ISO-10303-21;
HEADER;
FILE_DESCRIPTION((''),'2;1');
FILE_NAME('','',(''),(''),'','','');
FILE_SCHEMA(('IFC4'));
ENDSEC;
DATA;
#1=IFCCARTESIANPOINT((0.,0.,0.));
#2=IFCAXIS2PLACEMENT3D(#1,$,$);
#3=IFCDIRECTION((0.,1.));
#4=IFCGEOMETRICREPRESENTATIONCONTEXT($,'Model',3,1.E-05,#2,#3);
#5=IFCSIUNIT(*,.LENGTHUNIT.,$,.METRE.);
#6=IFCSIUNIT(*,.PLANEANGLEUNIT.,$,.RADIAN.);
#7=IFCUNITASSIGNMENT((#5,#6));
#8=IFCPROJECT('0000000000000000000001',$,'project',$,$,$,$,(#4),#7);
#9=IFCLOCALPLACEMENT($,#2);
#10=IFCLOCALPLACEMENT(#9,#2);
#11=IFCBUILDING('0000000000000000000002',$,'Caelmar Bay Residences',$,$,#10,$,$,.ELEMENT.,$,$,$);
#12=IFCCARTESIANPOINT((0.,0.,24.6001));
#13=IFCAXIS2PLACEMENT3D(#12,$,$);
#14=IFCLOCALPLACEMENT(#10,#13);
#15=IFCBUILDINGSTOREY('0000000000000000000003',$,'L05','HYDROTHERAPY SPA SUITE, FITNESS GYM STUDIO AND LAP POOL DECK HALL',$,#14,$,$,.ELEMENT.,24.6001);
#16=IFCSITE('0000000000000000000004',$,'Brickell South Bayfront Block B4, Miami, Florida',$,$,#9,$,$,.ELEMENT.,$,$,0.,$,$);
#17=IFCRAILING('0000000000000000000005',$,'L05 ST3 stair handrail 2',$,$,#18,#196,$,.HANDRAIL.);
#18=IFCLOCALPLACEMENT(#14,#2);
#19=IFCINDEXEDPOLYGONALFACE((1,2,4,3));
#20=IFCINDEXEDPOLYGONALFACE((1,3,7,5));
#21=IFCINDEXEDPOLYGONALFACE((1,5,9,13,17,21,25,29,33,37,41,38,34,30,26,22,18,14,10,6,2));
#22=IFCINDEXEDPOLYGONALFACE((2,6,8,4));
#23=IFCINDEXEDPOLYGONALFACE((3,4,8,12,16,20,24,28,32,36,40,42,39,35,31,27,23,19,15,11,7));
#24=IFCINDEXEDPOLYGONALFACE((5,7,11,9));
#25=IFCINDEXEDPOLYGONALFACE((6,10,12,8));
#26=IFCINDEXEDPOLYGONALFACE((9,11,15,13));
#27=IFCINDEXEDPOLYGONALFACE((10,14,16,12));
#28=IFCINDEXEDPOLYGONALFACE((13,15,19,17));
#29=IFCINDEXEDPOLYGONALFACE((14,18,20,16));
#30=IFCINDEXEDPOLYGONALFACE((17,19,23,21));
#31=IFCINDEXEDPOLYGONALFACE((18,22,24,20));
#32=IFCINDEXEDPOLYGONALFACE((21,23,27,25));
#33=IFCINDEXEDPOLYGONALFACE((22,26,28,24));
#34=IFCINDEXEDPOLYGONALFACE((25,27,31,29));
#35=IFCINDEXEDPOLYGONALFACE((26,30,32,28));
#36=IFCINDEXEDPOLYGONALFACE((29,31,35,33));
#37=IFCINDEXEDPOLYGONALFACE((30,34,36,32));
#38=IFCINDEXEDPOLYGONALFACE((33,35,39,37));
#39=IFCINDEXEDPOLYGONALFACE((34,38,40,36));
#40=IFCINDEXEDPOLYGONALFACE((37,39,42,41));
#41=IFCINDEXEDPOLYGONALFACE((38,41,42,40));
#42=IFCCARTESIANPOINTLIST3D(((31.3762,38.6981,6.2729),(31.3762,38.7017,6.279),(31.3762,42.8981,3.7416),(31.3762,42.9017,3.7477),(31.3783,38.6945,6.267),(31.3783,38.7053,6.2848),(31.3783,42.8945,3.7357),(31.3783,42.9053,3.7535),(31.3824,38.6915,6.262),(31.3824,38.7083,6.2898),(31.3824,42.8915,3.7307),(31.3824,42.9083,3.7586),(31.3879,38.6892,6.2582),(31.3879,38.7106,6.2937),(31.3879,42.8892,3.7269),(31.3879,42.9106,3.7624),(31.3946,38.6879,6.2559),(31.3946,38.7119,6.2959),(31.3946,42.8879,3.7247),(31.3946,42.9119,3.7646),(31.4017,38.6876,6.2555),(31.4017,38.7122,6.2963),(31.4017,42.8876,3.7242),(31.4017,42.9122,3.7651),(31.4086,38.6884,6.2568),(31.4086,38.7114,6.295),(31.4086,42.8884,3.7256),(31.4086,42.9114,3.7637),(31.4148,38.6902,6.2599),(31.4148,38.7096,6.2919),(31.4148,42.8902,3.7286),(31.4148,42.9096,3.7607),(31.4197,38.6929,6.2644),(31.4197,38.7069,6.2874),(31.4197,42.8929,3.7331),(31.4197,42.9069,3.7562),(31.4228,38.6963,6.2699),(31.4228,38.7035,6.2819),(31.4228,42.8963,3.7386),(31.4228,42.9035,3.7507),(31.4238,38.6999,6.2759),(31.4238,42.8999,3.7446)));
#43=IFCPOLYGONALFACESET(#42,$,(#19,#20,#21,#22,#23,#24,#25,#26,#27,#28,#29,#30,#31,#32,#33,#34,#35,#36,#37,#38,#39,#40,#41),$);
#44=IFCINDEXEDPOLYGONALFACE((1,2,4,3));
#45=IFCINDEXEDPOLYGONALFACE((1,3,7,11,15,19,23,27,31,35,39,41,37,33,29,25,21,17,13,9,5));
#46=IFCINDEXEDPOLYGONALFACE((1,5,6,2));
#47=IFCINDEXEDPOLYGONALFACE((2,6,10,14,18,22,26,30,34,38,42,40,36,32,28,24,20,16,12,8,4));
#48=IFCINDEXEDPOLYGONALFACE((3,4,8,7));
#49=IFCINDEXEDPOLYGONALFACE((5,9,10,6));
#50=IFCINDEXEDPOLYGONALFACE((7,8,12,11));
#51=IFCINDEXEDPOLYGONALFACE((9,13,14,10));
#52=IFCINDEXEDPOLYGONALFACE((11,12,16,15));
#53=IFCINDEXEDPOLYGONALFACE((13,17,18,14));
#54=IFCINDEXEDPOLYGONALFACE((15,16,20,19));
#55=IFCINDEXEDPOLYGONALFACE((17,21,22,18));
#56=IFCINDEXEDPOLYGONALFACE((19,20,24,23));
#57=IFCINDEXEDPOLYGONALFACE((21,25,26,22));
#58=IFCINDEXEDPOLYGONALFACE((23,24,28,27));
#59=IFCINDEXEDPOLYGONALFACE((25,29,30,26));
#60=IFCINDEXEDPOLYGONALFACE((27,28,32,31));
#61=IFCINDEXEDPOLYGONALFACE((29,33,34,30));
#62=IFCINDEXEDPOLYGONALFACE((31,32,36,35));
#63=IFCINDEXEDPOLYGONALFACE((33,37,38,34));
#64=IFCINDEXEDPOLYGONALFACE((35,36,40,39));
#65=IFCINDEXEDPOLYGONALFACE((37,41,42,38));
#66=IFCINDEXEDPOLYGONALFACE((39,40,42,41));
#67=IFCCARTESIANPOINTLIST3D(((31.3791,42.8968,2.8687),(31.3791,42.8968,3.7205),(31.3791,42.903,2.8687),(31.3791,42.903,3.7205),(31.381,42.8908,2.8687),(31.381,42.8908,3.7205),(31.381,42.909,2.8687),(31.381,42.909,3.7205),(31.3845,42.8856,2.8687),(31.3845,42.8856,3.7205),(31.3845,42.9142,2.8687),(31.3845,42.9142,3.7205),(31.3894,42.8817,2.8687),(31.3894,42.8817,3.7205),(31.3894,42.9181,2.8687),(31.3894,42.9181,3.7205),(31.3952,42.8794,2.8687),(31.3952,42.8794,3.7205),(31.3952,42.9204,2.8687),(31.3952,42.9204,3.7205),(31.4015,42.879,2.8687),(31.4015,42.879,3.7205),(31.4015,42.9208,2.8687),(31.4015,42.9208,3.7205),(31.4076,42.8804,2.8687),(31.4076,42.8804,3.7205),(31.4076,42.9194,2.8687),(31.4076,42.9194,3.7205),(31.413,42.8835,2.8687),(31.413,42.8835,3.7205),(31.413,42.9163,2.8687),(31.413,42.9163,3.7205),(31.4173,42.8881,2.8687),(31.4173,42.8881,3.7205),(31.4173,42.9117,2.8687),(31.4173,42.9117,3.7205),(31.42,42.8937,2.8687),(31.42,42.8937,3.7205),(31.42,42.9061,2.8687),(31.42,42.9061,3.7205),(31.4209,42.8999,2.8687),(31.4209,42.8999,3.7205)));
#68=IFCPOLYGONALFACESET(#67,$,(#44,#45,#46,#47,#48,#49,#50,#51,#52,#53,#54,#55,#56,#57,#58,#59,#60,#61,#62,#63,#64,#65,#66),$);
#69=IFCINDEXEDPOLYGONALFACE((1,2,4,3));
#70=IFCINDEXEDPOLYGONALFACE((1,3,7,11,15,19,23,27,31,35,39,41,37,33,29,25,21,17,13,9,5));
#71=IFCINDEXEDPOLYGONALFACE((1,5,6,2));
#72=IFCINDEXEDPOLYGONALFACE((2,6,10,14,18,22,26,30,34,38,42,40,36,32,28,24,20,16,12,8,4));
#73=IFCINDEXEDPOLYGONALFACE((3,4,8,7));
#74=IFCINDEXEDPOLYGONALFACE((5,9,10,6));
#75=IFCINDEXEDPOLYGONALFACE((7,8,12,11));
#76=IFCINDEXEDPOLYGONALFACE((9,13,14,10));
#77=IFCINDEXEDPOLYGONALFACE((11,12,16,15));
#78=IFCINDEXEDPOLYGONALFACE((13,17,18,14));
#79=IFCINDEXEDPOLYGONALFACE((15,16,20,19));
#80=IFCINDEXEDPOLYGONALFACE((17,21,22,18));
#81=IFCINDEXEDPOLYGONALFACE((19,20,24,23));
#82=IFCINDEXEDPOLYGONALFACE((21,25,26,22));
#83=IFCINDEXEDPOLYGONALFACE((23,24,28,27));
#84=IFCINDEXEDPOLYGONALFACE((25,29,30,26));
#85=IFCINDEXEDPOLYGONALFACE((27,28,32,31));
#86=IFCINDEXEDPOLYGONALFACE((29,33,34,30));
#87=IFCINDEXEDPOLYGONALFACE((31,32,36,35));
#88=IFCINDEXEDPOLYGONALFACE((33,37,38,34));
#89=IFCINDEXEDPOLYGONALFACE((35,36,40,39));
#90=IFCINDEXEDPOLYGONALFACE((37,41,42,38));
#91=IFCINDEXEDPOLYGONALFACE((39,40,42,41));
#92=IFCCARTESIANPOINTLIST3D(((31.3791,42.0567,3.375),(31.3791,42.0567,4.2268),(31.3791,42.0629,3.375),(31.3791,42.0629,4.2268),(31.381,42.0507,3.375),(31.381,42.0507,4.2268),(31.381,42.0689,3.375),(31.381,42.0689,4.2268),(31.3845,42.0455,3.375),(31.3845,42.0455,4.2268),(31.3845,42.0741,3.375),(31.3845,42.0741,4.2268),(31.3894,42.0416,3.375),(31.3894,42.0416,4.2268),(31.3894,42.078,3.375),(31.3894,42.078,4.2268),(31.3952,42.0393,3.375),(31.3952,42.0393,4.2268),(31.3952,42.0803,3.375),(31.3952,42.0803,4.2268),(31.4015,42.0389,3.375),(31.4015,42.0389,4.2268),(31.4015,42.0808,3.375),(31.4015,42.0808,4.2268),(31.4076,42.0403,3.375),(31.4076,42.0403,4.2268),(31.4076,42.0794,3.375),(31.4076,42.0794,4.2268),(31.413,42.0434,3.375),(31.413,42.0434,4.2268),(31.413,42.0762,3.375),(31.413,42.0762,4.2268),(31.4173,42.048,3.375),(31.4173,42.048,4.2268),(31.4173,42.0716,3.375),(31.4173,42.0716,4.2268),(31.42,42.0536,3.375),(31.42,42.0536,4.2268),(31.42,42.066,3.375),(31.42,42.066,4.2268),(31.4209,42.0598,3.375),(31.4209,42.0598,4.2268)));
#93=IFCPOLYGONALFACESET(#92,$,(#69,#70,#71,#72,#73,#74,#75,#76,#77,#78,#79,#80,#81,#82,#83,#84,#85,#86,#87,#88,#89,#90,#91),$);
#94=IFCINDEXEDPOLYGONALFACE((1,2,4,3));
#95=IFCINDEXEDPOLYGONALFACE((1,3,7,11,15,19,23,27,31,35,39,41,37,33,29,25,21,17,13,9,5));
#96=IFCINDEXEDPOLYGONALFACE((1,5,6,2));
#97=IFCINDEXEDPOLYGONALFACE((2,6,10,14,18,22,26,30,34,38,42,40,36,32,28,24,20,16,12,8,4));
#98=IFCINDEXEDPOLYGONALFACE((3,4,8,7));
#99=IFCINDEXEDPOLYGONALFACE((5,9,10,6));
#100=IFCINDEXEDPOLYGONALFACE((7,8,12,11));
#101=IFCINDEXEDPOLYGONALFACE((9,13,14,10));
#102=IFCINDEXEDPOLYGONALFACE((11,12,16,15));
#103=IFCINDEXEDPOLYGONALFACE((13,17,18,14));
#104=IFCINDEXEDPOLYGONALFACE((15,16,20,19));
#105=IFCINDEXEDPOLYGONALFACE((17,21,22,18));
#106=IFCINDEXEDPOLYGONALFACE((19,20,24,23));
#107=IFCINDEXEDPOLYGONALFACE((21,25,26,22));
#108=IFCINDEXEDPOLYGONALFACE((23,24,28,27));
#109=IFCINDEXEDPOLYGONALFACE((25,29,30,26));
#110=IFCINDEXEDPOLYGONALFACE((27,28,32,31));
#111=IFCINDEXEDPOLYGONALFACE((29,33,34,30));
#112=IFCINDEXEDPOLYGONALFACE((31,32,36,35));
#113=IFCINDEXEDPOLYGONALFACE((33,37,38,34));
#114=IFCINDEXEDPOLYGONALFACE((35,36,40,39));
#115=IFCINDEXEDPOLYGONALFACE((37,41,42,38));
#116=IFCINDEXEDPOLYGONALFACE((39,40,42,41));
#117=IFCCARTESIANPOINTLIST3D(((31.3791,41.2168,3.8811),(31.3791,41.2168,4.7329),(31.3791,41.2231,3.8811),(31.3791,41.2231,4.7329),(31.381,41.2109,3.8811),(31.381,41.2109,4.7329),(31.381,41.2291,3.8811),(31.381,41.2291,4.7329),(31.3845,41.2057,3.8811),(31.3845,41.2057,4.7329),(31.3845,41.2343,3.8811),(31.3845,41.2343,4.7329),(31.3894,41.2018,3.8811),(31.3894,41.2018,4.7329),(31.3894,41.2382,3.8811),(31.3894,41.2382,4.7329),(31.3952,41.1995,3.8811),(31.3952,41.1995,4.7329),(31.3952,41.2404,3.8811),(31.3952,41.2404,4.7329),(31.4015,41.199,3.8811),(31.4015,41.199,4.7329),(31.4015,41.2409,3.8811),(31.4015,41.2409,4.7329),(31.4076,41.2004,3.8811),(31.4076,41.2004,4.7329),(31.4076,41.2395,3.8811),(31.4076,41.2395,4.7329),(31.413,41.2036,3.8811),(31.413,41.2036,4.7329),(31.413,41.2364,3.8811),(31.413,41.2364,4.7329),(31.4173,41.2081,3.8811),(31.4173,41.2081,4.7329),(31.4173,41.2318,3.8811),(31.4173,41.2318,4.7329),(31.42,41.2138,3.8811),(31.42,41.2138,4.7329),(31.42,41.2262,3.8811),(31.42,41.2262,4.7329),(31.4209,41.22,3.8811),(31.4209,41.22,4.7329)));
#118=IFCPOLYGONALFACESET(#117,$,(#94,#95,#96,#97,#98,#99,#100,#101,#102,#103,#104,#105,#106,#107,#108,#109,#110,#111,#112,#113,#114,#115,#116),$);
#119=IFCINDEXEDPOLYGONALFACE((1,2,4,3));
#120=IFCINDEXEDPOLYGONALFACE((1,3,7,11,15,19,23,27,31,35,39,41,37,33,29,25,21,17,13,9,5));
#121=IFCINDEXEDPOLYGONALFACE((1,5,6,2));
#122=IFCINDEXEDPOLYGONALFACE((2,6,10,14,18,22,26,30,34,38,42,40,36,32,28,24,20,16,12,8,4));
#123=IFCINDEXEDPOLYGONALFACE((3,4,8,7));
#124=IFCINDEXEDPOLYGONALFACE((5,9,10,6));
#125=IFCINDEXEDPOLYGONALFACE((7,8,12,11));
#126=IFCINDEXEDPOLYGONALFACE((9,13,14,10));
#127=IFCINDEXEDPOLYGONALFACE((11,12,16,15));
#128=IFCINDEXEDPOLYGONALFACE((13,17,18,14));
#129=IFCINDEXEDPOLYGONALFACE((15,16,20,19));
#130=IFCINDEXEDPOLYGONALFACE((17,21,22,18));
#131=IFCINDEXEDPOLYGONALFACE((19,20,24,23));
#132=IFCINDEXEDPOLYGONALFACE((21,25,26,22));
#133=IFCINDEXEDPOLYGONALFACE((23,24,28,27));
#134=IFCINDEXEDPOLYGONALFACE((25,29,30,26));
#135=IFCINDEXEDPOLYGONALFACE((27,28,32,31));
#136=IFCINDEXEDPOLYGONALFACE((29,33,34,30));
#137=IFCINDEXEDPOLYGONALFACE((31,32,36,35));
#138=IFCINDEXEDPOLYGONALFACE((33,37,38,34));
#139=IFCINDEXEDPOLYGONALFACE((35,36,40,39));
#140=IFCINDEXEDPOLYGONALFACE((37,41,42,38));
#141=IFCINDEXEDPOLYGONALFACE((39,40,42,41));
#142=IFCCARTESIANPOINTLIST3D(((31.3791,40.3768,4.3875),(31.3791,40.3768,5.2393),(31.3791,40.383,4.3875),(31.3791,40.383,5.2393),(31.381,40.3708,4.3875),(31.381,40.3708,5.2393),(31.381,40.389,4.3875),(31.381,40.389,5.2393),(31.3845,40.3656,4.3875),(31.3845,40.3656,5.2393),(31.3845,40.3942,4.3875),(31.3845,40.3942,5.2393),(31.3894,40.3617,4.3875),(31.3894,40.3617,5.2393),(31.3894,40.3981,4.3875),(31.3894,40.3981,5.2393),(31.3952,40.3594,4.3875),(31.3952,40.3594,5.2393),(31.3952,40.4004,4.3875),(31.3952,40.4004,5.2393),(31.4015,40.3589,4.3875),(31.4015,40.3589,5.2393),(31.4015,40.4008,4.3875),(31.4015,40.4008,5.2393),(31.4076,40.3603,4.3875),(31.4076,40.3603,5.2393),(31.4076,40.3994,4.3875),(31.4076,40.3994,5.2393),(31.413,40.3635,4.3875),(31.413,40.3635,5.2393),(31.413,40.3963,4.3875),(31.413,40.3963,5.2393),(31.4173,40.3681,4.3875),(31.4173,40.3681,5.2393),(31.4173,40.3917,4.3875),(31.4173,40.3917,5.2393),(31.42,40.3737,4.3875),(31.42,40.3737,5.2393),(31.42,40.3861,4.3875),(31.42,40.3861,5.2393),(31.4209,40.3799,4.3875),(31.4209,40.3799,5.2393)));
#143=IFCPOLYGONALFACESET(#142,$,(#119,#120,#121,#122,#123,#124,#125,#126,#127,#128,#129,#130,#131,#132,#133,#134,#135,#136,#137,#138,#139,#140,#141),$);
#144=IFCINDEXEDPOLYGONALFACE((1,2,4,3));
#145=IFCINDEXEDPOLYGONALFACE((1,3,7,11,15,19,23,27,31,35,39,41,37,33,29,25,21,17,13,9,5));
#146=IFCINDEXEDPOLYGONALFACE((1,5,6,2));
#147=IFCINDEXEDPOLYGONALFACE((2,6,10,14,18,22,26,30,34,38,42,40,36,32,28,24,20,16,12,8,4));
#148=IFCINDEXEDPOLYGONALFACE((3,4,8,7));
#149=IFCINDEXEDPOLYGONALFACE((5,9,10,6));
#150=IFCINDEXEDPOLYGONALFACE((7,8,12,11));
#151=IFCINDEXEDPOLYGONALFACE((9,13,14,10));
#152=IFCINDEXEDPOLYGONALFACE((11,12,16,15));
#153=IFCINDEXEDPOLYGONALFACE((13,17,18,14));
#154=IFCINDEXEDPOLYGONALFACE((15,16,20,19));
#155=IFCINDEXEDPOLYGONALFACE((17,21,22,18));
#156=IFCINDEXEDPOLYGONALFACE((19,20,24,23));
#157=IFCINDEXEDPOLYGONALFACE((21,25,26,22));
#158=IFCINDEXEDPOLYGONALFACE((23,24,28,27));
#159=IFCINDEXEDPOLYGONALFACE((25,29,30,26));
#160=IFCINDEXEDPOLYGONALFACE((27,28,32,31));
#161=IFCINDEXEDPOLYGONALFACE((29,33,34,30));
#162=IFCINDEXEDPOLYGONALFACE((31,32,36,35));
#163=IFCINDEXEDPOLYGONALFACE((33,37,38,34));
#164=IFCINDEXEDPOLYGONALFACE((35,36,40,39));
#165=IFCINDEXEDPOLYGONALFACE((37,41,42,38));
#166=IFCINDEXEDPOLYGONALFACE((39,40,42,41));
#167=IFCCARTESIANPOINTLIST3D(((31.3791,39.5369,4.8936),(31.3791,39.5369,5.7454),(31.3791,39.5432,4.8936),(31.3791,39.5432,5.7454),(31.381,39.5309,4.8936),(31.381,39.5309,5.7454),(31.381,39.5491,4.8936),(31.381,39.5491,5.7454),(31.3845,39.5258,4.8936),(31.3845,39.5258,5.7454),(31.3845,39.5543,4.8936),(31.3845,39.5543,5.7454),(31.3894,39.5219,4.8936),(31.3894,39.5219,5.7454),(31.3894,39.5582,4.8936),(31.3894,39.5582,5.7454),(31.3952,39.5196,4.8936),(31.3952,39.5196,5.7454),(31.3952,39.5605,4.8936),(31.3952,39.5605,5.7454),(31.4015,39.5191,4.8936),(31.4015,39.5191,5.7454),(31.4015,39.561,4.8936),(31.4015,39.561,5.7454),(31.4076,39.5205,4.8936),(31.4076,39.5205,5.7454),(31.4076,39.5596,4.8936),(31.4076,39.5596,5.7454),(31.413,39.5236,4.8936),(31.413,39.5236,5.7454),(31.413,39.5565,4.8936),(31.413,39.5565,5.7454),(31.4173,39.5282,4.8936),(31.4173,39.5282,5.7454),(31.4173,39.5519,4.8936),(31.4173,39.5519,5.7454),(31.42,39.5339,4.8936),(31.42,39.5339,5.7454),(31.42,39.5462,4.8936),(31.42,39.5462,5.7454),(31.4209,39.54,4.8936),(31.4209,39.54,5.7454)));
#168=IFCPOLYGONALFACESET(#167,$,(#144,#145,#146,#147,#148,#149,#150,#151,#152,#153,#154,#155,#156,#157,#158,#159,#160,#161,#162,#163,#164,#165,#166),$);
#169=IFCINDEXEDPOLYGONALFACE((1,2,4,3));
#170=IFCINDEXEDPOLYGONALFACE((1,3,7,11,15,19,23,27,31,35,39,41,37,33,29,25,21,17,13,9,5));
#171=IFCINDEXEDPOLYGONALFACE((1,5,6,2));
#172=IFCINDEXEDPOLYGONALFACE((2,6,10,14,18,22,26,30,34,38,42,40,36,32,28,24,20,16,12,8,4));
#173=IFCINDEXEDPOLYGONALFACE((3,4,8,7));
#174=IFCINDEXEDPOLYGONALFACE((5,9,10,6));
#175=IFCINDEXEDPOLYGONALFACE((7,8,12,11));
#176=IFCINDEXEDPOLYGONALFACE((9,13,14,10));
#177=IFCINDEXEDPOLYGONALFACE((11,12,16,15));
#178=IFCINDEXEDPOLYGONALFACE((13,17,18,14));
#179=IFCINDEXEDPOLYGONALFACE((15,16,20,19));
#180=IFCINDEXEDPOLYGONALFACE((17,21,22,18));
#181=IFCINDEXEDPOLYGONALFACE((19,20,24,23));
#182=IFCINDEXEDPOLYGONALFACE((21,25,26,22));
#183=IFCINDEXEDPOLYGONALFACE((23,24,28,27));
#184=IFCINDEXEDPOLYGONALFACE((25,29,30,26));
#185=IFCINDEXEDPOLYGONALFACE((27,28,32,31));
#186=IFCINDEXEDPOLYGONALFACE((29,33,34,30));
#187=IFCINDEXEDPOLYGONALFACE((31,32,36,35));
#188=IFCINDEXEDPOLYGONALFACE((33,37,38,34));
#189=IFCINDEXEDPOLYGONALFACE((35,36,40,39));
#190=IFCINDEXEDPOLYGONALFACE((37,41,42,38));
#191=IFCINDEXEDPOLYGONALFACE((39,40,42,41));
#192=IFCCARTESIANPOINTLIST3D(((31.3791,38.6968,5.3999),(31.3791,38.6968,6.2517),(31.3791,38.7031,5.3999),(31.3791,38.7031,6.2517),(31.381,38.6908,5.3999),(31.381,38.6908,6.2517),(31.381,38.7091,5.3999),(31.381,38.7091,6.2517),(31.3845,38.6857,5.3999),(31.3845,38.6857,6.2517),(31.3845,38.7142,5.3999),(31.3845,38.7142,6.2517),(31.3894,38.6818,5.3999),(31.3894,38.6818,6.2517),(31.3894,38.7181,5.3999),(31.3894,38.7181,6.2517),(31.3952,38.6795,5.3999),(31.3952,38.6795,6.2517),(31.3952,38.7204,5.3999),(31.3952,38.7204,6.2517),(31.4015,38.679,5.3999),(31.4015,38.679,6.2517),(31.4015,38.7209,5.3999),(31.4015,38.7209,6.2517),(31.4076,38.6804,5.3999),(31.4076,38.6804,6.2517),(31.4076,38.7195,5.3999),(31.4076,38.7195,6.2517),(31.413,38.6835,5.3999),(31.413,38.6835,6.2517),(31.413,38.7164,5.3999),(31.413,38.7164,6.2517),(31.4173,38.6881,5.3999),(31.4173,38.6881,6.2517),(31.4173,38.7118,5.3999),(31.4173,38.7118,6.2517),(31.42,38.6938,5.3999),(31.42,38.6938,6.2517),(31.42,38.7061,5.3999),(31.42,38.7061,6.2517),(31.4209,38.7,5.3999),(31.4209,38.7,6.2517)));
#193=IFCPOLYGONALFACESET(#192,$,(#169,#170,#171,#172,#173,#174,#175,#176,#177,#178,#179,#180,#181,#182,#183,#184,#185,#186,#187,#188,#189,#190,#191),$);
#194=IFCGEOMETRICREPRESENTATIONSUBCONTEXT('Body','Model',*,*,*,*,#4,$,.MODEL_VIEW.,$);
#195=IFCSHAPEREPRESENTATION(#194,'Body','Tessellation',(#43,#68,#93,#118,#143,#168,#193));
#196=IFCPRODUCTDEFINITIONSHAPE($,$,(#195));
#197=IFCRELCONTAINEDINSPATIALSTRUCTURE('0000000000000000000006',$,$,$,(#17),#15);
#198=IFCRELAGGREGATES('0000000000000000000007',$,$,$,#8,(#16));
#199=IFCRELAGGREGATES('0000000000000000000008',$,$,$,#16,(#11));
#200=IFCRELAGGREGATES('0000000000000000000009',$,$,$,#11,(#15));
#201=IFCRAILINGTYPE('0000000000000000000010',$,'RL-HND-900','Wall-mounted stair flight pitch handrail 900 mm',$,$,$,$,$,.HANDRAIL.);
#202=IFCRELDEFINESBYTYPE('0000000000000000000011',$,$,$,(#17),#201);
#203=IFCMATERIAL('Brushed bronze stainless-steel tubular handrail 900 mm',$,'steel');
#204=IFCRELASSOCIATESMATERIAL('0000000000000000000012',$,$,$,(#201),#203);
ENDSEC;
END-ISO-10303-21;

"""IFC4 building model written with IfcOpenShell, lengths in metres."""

from ifc_helpers import new_model, si_unit, direction, frame, origin, origin_2d, place, context, subcontext, project, spatial, circle, extrude, material, type_object, element, save


model = new_model("IFC4")

# Units and contexts
model_context = context("Model", 3, precision=1e-05, world=origin(), true_north=direction((0.0, 1.0)))
body_context = subcontext(model_context, "Body", "Model", "MODEL_VIEW")
ifc_project = project(units=[si_unit("LENGTHUNIT", "METRE"), si_unit("PLANEANGLEUNIT", "RADIAN")], contexts=[model_context])

# Site, building, storey
site_placement = place(None, origin())
site = spatial("IfcSite", under=ifc_project, at=site_placement, Name="Brickell South Bayfront Block B4, Miami, Florida", CompositionType="ELEMENT", RefElevation=0.0)
building_placement = place(site_placement, origin())
building = spatial("IfcBuilding", under=site, at=building_placement, Name="Caelmar Bay Residences", CompositionType="ELEMENT")
storey_placement = place(building_placement, frame((0.0, 0.0, 24.6001)))
storey = spatial("IfcBuildingStorey", under=building, at=storey_placement, Name="L05", Description="HYDROTHERAPY SPA SUITE, FITNESS GYM STUDIO AND LAP POOL DECK HALL", CompositionType="ELEMENT", Elevation=24.6001)

# Railing
ifc_material_1 = material(Name="Brushed bronze stainless-steel tubular handrail 900 mm", Category="steel")
railing_type_1 = type_object("IfcRailingType", Name="RL-HND-900", Description="Wall-mounted stair flight pitch handrail 900 mm", PredefinedType="HANDRAIL", material=ifc_material_1)
railing_1_placement = place(storey_placement, frame((31.3999, 42.8999, 2.8687)))
element("IfcRailing", 1, at=railing_1_placement, inside=storey, type_object=railing_type_1, Name="L05 ST3 stair handrail 2", PredefinedType="HANDRAIL", context=body_context, shape_type="SweptSolid", body=[
    extrude(circle(Radius=0.0239, at=origin_2d()), frame((0.0, 0.0, 0.876), z_axis=(0.0, -0.856476, 0.516186), x_axis=(1.0, 0.0, 0.0)), (0.0, 0.0, 1.0), 4.9038),
    extrude(circle(Radius=0.021, at=origin_2d()), origin(), (0.0, 0.0, 1.0), 0.8518),
    extrude(circle(Radius=0.021, at=origin_2d()), frame((0.0, -0.8401, 0.5063)), (0.0, 0.0, 1.0), 0.8518),
    extrude(circle(Radius=0.021, at=origin_2d()), frame((0.0, -1.6799, 1.0125)), (0.0, 0.0, 1.0), 0.8518),
    extrude(circle(Radius=0.021, at=origin_2d()), frame((0.0, -2.52, 1.5188)), (0.0, 0.0, 1.0), 0.8518),
    extrude(circle(Radius=0.021, at=origin_2d()), frame((0.0, -3.3599, 2.0249)), (0.0, 0.0, 1.0), 0.8518),
    extrude(circle(Radius=0.021, at=origin_2d()), frame((0.0, -4.2, 2.5312)), (0.0, 0.0, 1.0), 0.8518),
])

save(model, "model.ifc")
